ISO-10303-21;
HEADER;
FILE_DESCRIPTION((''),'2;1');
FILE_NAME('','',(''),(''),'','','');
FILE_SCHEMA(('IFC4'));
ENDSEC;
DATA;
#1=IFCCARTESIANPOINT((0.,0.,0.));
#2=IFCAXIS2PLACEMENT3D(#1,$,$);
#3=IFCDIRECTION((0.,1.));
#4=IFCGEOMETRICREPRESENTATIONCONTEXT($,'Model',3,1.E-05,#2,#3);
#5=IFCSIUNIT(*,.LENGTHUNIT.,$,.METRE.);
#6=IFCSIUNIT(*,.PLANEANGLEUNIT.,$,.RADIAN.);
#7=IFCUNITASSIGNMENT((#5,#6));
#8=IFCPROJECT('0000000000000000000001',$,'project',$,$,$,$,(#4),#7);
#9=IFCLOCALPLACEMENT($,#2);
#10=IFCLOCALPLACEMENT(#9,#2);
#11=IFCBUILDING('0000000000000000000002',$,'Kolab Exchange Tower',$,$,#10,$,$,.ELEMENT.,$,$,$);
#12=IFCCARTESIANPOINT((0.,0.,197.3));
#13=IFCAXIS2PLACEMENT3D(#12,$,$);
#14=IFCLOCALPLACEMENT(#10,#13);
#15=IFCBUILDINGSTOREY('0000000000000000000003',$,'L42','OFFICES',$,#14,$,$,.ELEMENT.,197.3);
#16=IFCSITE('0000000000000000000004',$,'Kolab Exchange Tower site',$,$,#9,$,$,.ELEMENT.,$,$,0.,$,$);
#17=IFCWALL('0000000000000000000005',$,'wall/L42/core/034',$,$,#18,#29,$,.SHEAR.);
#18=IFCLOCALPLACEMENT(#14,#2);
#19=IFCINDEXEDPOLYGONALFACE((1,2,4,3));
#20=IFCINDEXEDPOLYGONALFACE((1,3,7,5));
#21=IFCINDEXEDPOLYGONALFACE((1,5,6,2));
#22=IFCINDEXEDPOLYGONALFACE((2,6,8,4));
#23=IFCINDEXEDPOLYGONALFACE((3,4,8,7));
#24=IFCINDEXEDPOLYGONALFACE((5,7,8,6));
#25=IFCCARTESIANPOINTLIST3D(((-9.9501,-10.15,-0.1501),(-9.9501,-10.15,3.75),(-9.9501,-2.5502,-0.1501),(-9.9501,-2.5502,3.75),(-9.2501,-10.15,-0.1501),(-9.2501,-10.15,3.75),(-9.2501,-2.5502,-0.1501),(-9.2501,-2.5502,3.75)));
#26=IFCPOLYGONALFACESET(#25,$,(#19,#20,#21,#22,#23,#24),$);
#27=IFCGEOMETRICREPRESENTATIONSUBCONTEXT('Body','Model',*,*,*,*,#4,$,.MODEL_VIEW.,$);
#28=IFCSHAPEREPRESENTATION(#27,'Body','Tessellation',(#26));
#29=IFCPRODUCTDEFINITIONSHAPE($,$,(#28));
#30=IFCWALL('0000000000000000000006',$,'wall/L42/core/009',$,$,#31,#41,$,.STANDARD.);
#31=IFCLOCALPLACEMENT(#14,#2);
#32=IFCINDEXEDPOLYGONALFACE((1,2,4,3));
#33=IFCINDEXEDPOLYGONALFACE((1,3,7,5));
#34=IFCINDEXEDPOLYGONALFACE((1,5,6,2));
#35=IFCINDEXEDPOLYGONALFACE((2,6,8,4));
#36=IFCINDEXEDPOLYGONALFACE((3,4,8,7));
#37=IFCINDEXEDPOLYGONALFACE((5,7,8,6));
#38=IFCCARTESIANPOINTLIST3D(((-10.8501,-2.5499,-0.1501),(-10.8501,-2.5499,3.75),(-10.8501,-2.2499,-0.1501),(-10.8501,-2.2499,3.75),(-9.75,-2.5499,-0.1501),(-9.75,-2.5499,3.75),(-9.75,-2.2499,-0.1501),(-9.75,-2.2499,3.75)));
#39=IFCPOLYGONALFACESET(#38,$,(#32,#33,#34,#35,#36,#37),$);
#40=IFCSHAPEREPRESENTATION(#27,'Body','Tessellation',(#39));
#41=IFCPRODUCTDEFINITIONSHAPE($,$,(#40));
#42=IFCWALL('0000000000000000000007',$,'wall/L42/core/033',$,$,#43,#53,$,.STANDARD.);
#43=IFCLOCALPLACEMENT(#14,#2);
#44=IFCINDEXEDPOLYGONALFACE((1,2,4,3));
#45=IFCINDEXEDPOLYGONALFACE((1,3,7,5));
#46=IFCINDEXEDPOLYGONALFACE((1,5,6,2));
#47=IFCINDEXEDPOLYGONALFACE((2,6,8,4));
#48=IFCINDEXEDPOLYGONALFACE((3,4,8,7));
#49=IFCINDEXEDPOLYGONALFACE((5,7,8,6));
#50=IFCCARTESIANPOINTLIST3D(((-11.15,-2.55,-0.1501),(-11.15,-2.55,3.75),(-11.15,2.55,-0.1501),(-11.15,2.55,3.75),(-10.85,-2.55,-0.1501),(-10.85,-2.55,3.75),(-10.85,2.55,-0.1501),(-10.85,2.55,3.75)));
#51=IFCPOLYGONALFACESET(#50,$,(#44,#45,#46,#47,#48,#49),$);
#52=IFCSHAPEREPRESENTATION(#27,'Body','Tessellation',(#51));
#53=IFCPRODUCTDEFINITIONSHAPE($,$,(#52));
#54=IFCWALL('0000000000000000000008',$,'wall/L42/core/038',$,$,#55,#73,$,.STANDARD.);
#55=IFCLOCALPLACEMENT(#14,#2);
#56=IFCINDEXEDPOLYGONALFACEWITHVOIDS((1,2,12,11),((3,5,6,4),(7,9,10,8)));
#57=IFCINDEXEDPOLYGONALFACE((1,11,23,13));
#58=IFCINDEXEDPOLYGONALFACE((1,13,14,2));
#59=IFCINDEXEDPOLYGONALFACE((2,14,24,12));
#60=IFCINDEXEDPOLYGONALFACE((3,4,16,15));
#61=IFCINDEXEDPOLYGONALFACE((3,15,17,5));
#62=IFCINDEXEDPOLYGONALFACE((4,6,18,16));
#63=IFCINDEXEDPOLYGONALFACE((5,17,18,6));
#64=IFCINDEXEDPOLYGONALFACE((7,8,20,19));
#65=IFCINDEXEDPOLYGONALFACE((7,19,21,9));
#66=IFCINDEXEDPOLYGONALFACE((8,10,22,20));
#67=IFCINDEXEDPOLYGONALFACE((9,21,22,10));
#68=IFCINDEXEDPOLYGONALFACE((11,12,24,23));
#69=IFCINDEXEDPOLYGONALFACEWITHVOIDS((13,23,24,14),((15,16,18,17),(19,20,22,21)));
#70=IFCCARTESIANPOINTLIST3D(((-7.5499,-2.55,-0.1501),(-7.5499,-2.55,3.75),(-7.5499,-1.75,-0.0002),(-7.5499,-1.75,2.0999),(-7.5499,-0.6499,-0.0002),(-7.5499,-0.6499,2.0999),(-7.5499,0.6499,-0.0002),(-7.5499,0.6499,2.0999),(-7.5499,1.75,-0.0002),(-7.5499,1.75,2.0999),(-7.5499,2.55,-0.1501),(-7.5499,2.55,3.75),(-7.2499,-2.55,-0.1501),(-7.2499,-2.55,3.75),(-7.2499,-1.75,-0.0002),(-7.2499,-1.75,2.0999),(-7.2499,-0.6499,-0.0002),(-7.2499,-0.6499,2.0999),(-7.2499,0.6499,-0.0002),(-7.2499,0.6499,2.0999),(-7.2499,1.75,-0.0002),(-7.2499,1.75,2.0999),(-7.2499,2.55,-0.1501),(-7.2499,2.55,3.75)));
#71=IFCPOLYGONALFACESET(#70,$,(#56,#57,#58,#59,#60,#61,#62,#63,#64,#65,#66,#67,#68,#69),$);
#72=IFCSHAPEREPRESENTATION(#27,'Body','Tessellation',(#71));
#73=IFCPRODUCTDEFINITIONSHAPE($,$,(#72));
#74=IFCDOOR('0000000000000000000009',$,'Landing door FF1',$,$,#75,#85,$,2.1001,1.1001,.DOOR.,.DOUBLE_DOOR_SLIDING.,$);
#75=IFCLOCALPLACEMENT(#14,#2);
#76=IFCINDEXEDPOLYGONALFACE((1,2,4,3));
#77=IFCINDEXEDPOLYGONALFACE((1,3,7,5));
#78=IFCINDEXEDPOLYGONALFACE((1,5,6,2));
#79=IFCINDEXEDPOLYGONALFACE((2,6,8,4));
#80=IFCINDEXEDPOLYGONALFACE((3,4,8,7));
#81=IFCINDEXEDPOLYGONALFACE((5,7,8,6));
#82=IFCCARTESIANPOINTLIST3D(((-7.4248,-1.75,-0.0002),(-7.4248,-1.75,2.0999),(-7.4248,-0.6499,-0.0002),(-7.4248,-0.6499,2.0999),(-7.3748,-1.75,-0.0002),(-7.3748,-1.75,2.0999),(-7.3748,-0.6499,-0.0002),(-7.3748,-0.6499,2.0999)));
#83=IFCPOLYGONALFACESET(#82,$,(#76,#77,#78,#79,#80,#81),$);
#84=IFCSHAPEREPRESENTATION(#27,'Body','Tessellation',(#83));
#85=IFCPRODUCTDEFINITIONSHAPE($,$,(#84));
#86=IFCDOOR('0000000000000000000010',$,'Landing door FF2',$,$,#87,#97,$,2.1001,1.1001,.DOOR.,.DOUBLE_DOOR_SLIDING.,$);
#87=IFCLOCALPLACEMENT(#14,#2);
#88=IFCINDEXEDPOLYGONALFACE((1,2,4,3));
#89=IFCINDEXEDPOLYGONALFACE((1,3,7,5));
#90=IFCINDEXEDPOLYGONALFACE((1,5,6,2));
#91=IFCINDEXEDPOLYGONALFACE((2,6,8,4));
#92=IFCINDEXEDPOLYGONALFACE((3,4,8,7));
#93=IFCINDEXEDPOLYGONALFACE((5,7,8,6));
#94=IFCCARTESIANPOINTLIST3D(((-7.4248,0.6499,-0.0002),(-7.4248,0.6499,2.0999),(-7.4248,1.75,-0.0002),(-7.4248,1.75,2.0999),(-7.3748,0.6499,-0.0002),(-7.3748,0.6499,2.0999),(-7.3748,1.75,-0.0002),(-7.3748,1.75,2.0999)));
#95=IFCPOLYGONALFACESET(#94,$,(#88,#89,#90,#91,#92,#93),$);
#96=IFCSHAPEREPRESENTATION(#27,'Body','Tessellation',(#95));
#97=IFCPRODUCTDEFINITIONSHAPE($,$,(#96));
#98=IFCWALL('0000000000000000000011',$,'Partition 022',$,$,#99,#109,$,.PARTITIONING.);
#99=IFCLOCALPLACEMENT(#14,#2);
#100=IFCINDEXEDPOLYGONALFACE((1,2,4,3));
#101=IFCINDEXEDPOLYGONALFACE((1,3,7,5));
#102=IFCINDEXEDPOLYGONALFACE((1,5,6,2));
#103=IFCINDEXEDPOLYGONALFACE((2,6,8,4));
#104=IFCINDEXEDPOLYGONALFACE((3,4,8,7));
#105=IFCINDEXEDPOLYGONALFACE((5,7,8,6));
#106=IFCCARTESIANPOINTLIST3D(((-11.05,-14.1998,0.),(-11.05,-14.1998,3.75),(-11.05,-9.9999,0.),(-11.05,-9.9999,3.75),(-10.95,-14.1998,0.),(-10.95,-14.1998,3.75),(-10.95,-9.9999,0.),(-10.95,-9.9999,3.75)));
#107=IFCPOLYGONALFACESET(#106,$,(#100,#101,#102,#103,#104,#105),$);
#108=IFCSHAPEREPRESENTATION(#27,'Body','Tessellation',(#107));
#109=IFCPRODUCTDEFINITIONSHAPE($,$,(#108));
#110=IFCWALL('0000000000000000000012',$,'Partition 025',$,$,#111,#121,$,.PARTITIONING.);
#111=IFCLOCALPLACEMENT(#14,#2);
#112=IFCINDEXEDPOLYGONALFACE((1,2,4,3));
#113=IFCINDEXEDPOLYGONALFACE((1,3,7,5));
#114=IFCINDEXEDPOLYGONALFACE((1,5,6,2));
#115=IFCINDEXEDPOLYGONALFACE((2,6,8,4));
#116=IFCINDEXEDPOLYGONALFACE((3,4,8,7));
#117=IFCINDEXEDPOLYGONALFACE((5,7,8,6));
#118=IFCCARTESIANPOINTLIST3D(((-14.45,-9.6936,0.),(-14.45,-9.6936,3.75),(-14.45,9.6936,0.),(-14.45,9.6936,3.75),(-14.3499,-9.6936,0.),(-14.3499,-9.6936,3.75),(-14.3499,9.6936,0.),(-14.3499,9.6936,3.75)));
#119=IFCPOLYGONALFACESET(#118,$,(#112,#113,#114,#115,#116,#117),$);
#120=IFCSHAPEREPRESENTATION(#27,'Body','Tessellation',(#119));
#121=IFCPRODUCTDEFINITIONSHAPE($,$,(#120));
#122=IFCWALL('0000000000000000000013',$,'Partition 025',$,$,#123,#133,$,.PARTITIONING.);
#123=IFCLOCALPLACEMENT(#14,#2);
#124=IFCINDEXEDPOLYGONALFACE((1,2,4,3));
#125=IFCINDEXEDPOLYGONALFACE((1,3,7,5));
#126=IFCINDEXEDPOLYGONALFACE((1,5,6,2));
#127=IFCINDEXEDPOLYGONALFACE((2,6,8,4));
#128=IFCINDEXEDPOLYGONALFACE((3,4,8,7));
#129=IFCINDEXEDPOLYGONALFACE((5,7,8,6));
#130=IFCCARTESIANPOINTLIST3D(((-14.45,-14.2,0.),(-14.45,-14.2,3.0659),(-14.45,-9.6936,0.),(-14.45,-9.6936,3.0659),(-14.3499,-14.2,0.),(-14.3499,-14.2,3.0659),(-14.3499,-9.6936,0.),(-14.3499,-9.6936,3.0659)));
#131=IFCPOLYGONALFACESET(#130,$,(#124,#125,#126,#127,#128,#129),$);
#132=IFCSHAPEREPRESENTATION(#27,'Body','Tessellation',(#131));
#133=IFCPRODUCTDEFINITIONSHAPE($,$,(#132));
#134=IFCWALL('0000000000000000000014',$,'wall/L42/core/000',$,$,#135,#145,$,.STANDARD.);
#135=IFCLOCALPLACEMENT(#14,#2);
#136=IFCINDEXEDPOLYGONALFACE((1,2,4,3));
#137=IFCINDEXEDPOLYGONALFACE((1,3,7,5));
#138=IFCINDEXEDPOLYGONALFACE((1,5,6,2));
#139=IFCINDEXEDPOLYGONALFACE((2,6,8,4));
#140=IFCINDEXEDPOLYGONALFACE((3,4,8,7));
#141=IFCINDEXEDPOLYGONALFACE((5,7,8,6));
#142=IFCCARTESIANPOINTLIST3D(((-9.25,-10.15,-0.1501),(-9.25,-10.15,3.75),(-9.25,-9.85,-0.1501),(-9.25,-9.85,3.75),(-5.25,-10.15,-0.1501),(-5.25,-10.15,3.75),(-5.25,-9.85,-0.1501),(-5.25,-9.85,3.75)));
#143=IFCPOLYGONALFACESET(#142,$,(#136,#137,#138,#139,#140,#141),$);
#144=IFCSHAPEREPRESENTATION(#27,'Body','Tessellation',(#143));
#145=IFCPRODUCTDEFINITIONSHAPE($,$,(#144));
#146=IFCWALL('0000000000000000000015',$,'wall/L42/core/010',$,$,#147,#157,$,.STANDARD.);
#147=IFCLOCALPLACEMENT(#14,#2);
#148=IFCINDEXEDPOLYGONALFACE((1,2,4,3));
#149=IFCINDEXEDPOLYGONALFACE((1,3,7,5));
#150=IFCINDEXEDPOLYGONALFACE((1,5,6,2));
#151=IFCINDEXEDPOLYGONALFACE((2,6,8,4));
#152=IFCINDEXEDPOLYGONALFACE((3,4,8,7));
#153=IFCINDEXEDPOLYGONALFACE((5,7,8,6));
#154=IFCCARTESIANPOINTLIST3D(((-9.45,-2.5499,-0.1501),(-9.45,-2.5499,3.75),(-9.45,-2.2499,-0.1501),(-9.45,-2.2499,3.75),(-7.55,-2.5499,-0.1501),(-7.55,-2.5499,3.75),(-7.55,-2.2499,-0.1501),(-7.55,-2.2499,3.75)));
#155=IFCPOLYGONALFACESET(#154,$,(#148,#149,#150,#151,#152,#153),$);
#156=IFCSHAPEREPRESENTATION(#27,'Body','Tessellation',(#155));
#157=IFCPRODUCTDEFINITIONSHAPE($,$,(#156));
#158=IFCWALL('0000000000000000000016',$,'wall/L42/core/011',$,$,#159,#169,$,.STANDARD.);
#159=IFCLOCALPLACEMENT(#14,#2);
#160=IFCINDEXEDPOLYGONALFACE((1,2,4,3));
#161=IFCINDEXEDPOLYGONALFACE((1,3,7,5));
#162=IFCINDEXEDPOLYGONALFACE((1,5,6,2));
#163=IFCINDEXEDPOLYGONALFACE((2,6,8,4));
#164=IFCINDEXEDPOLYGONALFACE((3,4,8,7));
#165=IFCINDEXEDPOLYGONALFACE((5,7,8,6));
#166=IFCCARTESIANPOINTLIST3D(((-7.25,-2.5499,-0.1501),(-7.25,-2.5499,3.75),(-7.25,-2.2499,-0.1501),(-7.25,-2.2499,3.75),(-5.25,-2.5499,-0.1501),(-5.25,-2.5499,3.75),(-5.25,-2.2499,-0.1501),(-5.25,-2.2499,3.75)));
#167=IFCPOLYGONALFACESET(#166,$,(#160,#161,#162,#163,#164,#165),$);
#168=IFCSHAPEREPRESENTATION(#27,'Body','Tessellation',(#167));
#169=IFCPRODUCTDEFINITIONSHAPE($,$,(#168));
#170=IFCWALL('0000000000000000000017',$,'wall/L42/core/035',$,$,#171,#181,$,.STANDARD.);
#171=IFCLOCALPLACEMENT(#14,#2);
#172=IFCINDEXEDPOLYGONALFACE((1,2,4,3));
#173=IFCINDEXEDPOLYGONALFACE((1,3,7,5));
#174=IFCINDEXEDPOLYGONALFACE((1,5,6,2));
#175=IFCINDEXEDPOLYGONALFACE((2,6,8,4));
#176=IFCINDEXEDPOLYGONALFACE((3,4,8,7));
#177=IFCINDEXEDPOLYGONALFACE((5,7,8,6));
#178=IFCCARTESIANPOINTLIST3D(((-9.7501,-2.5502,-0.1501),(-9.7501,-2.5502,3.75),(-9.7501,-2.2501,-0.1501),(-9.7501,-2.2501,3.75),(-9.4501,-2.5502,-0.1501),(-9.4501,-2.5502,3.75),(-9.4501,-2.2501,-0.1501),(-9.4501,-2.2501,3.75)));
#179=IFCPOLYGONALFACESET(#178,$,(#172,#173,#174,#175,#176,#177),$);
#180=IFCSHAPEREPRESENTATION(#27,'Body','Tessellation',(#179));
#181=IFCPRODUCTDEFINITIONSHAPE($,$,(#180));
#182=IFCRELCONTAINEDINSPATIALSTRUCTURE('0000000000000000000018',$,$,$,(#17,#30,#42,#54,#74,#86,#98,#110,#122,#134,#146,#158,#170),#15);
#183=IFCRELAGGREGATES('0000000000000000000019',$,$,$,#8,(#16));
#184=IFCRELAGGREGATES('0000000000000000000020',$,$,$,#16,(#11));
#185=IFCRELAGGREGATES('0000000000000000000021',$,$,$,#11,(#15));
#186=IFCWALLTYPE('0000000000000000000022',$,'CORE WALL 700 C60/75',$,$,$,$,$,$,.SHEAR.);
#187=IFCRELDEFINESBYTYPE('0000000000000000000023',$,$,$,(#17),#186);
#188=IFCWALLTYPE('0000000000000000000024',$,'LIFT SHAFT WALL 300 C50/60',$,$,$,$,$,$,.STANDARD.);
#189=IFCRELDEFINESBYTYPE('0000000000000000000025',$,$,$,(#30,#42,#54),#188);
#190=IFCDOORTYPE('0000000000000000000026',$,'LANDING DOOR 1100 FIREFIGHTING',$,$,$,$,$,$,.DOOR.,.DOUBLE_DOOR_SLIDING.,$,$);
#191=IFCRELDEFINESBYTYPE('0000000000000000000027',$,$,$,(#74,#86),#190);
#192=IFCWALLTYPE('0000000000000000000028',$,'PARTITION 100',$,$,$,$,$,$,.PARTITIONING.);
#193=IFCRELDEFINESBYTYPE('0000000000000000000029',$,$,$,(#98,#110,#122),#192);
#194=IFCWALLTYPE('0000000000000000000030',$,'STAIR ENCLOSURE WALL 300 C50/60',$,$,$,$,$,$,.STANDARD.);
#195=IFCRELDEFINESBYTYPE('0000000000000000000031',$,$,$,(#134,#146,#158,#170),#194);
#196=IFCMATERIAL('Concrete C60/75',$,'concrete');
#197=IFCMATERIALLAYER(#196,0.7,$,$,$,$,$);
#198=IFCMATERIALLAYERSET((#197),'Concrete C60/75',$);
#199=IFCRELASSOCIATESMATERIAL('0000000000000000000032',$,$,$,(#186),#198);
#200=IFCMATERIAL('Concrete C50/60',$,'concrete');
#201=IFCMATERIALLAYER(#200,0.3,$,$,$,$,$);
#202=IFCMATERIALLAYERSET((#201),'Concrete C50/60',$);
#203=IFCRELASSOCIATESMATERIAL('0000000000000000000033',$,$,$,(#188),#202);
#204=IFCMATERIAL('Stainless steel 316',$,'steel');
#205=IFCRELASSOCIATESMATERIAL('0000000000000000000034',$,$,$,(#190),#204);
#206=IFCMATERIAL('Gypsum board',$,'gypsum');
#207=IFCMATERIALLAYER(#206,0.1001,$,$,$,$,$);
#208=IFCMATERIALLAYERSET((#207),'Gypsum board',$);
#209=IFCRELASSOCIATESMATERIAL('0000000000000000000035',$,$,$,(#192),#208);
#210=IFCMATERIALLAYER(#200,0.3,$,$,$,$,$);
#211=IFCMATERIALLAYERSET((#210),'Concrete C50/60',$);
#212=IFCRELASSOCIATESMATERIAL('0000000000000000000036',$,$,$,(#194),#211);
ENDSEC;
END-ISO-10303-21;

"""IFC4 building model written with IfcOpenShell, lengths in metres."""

from ifc_helpers import new_model, si_unit, direction, frame, frame_2d, origin, place, context, subcontext, project, spatial, rectangle, extrude, material, layer, layer_set, type_object, element, fill, save


model = new_model("IFC4")

# Units and contexts
model_context = context("Model", 3, precision=1e-05, world=origin(), true_north=direction((0.0, 1.0)))
body_context = subcontext(model_context, "Body", "Model", "MODEL_VIEW")
ifc_project = project(units=[si_unit("LENGTHUNIT", "METRE"), si_unit("PLANEANGLEUNIT", "RADIAN")], contexts=[model_context])

# Site, building, storey
site_placement = place(None, origin())
site = spatial("IfcSite", under=ifc_project, at=site_placement, Name="Kolab Exchange Tower site", CompositionType="ELEMENT", RefElevation=0.0)
building_placement = place(site_placement, origin())
building = spatial("IfcBuilding", under=site, at=building_placement, Name="Kolab Exchange Tower", CompositionType="ELEMENT")
storey_placement = place(building_placement, frame((0.0, 0.0, 197.3)))
storey = spatial("IfcBuildingStorey", under=building, at=storey_placement, Name="L42", Description="OFFICES", CompositionType="ELEMENT", Elevation=197.3)

# Walls
ifc_material_1 = material(Name="Concrete C60/75", Category="concrete")
ifc_layer_1 = layer(ifc_material_1, 0.7)
ifc_layer_set_1 = layer_set([ifc_layer_1], Name="Concrete C60/75")
wall_type_1 = type_object("IfcWallType", Name="CORE WALL 700 C60/75", PredefinedType="SHEAR", material=ifc_layer_set_1)
wall_1_placement = place(storey_placement, frame((-9.6001, -10.1499, -0.1501), z_axis=(0.0, 0.0, 1.0), x_axis=(0.0, 1.0, 0.0)))
element("IfcWall", 1, at=wall_1_placement, inside=storey, type_object=wall_type_1, Name="wall/L42/core/034", PredefinedType="SHEAR", context=body_context, shape_type="SweptSolid", body=[
    extrude(rectangle(XDim=7.5999, YDim=0.7, at=frame_2d((3.7998, 0.0))), origin(), (0.0, 0.0, 1.0), 3.9001),
])
ifc_material_2 = material(Name="Concrete C50/60", Category="concrete")
ifc_layer_2 = layer(ifc_material_2, 0.3)
ifc_layer_set_2 = layer_set([ifc_layer_2], Name="Concrete C50/60")
wall_type_2 = type_object("IfcWallType", Name="LIFT SHAFT WALL 300 C50/60", PredefinedType="STANDARD", material=ifc_layer_set_2)
wall_2_placement = place(storey_placement, frame((-10.8501, -2.3999, -0.1501), z_axis=(0.0, 0.0, 1.0), x_axis=(1.0, 0.0, 0.0)))
element("IfcWall", 2, at=wall_2_placement, inside=storey, type_object=wall_type_2, Name="wall/L42/core/009", PredefinedType="STANDARD", context=body_context, shape_type="SweptSolid", body=[
    extrude(rectangle(XDim=1.1001, YDim=0.3, at=frame_2d((0.55, 0.0))), origin(), (0.0, 0.0, 1.0), 3.9001),
])
wall_3_placement = place(storey_placement, frame((-11.0, -2.55, -0.1501), z_axis=(0.0, 0.0, 1.0), x_axis=(0.0, 1.0, 0.0)))
element("IfcWall", 3, at=wall_3_placement, inside=storey, type_object=wall_type_2, Name="wall/L42/core/033", PredefinedType="STANDARD", context=body_context, shape_type="SweptSolid", body=[
    extrude(rectangle(XDim=5.1001, YDim=0.3, at=frame_2d((2.55, 0.0))), origin(), (0.0, 0.0, 1.0), 3.9001),
])

# Wall, openings, doors
wall_4_placement = place(storey_placement, frame((-7.3999, -2.55, -0.1501), z_axis=(0.0, 0.0, 1.0), x_axis=(0.0, 1.0, 0.0)))
wall_4 = element("IfcWall", 4, at=wall_4_placement, inside=storey, type_object=wall_type_2, Name="wall/L42/core/038", PredefinedType="STANDARD", context=body_context, shape_type="SweptSolid", body=[
    extrude(rectangle(XDim=5.1001, YDim=0.3, at=frame_2d((2.55, 0.0))), origin(), (0.0, 0.0, 1.0), 3.9001),
])
opening_1_placement = place(wall_4_placement, frame((0.8, 0.0, 0.1499)))
opening_1 = element("IfcOpeningElement", 5, at=opening_1_placement, cuts=wall_4, PredefinedType="OPENING", context=body_context, shape_type="SweptSolid", body=[
    extrude(rectangle(XDim=1.1001, YDim=2.1001, at=frame_2d((0.55, 1.05))), frame((0.0, 0.1602, 0.0), z_axis=(0.0, -1.0, 0.0), x_axis=(1.0, 0.0, 0.0)), (0.0, 0.0, 1.0), 0.3201),
])
opening_2_placement = place(wall_4_placement, frame((3.2, 0.0, 0.1499)))
opening_2 = element("IfcOpeningElement", 6, at=opening_2_placement, cuts=wall_4, PredefinedType="OPENING", context=body_context, shape_type="SweptSolid", body=[
    extrude(rectangle(XDim=1.1001, YDim=2.1001, at=frame_2d((0.55, 1.05))), frame((0.0, 0.1602, 0.0), z_axis=(0.0, -1.0, 0.0), x_axis=(1.0, 0.0, 0.0)), (0.0, 0.0, 1.0), 0.3201),
])
ifc_material_3 = material(Name="Stainless steel 316", Category="steel")
door_type = type_object("IfcDoorType", Name="LANDING DOOR 1100 FIREFIGHTING", OperationType="DOUBLE_DOOR_SLIDING", PredefinedType="DOOR", material=ifc_material_3)
door_1_placement = place(opening_1_placement, origin())
door_1 = element("IfcDoor", 7, at=door_1_placement, inside=storey, type_object=door_type, Name="Landing door FF1", OperationType="DOUBLE_DOOR_SLIDING", OverallHeight=2.1001, OverallWidth=1.1001, PredefinedType="DOOR", context=body_context, shape_type="SweptSolid", body=[
    extrude(rectangle(XDim=1.1001, YDim=2.1001, at=frame_2d((0.55, 1.05))), frame((0.0, 0.0249, 0.0), z_axis=(0.0, -1.0, 0.0), x_axis=(1.0, 0.0, 0.0)), (0.0, 0.0, 1.0), 0.05),
])
fill(opening_1, door_1)
door_2_placement = place(opening_2_placement, origin())
door_2 = element("IfcDoor", 8, at=door_2_placement, inside=storey, type_object=door_type, Name="Landing door FF2", OperationType="DOUBLE_DOOR_SLIDING", OverallHeight=2.1001, OverallWidth=1.1001, PredefinedType="DOOR", context=body_context, shape_type="SweptSolid", body=[
    extrude(rectangle(XDim=1.1001, YDim=2.1001, at=frame_2d((0.55, 1.05))), frame((0.0, 0.0249, 0.0), z_axis=(0.0, -1.0, 0.0), x_axis=(1.0, 0.0, 0.0)), (0.0, 0.0, 1.0), 0.05),
])
fill(opening_2, door_2)

# Walls
ifc_material_4 = material(Name="Gypsum board", Category="gypsum")
ifc_layer_3 = layer(ifc_material_4, 0.1001)
ifc_layer_set_3 = layer_set([ifc_layer_3], Name="Gypsum board")
wall_type_3 = type_object("IfcWallType", Name="PARTITION 100", PredefinedType="PARTITIONING", material=ifc_layer_set_3)
wall_5_placement = place(storey_placement, frame((-11.0, -14.2, 0.0), z_axis=(0.0, 0.0, 1.0), x_axis=(0.0, 1.0, 0.0)))
element("IfcWall", 9, at=wall_5_placement, inside=storey, type_object=wall_type_3, Name="Partition 022", PredefinedType="PARTITIONING", context=body_context, shape_type="SweptSolid", body=[
    extrude(rectangle(XDim=4.2, YDim=0.1001, at=frame_2d((2.1001, 0.0))), origin(), (0.0, 0.0, 1.0), 3.75),
])
wall_6_placement = place(storey_placement, frame((-14.3999, -9.6936, 0.0), z_axis=(0.0, 0.0, 1.0), x_axis=(0.0, 1.0, 0.0)))
element("IfcWall", 10, at=wall_6_placement, inside=storey, type_object=wall_type_3, Name="Partition 025", PredefinedType="PARTITIONING", context=body_context, shape_type="SweptSolid", body=[
    extrude(rectangle(XDim=19.3872, YDim=0.1001, at=frame_2d((9.6936, 0.0))), origin(), (0.0, 0.0, 1.0), 3.75),
])
wall_7_placement = place(storey_placement, frame((-14.3999, -14.2, 0.0), z_axis=(0.0, 0.0, 1.0), x_axis=(0.0, 1.0, 0.0)))
element("IfcWall", 11, at=wall_7_placement, inside=storey, type_object=wall_type_3, Name="Partition 025", PredefinedType="PARTITIONING", context=body_context, shape_type="SweptSolid", body=[
    extrude(rectangle(XDim=4.5063, YDim=0.1001, at=frame_2d((2.2532, 0.0))), origin(), (0.0, 0.0, 1.0), 3.0659),
])
ifc_layer_4 = layer(ifc_material_2, 0.3)
ifc_layer_set_4 = layer_set([ifc_layer_4], Name="Concrete C50/60")
wall_type_4 = type_object("IfcWallType", Name="STAIR ENCLOSURE WALL 300 C50/60", PredefinedType="STANDARD", material=ifc_layer_set_4)
wall_8_placement = place(storey_placement, frame((-9.25, -10.0, -0.1501), z_axis=(0.0, 0.0, 1.0), x_axis=(1.0, 0.0, 0.0)))
element("IfcWall", 12, at=wall_8_placement, inside=storey, type_object=wall_type_4, Name="wall/L42/core/000", PredefinedType="STANDARD", context=body_context, shape_type="SweptSolid", body=[
    extrude(rectangle(XDim=4.0, YDim=0.3, at=frame_2d((2.0, 0.0))), origin(), (0.0, 0.0, 1.0), 3.9001),
])
wall_9_placement = place(storey_placement, frame((-9.45, -2.3999, -0.1501), z_axis=(0.0, 0.0, 1.0), x_axis=(1.0, 0.0, 0.0)))
element("IfcWall", 13, at=wall_9_placement, inside=storey, type_object=wall_type_4, Name="wall/L42/core/010", PredefinedType="STANDARD", context=body_context, shape_type="SweptSolid", body=[
    extrude(rectangle(XDim=1.8999, YDim=0.3, at=frame_2d((0.95, 0.0))), origin(), (0.0, 0.0, 1.0), 3.9001),
])
wall_10_placement = place(storey_placement, frame((-7.25, -2.3999, -0.1501), z_axis=(0.0, 0.0, 1.0), x_axis=(1.0, 0.0, 0.0)))
element("IfcWall", 14, at=wall_10_placement, inside=storey, type_object=wall_type_4, Name="wall/L42/core/011", PredefinedType="STANDARD", context=body_context, shape_type="SweptSolid", body=[
    extrude(rectangle(XDim=2.0, YDim=0.3, at=frame_2d((1.0, 0.0))), origin(), (0.0, 0.0, 1.0), 3.9001),
])
wall_11_placement = place(storey_placement, frame((-9.6001, -2.55, -0.1501), z_axis=(0.0, 0.0, 1.0), x_axis=(0.0, 1.0, 0.0)))
element("IfcWall", 15, at=wall_11_placement, inside=storey, type_object=wall_type_4, Name="wall/L42/core/035", PredefinedType="STANDARD", context=body_context, shape_type="SweptSolid", body=[
    extrude(rectangle(XDim=0.3, YDim=0.3, at=frame_2d((0.1499, 0.0))), origin(), (0.0, 0.0, 1.0), 3.9001),
])

save(model, "model.ifc")
